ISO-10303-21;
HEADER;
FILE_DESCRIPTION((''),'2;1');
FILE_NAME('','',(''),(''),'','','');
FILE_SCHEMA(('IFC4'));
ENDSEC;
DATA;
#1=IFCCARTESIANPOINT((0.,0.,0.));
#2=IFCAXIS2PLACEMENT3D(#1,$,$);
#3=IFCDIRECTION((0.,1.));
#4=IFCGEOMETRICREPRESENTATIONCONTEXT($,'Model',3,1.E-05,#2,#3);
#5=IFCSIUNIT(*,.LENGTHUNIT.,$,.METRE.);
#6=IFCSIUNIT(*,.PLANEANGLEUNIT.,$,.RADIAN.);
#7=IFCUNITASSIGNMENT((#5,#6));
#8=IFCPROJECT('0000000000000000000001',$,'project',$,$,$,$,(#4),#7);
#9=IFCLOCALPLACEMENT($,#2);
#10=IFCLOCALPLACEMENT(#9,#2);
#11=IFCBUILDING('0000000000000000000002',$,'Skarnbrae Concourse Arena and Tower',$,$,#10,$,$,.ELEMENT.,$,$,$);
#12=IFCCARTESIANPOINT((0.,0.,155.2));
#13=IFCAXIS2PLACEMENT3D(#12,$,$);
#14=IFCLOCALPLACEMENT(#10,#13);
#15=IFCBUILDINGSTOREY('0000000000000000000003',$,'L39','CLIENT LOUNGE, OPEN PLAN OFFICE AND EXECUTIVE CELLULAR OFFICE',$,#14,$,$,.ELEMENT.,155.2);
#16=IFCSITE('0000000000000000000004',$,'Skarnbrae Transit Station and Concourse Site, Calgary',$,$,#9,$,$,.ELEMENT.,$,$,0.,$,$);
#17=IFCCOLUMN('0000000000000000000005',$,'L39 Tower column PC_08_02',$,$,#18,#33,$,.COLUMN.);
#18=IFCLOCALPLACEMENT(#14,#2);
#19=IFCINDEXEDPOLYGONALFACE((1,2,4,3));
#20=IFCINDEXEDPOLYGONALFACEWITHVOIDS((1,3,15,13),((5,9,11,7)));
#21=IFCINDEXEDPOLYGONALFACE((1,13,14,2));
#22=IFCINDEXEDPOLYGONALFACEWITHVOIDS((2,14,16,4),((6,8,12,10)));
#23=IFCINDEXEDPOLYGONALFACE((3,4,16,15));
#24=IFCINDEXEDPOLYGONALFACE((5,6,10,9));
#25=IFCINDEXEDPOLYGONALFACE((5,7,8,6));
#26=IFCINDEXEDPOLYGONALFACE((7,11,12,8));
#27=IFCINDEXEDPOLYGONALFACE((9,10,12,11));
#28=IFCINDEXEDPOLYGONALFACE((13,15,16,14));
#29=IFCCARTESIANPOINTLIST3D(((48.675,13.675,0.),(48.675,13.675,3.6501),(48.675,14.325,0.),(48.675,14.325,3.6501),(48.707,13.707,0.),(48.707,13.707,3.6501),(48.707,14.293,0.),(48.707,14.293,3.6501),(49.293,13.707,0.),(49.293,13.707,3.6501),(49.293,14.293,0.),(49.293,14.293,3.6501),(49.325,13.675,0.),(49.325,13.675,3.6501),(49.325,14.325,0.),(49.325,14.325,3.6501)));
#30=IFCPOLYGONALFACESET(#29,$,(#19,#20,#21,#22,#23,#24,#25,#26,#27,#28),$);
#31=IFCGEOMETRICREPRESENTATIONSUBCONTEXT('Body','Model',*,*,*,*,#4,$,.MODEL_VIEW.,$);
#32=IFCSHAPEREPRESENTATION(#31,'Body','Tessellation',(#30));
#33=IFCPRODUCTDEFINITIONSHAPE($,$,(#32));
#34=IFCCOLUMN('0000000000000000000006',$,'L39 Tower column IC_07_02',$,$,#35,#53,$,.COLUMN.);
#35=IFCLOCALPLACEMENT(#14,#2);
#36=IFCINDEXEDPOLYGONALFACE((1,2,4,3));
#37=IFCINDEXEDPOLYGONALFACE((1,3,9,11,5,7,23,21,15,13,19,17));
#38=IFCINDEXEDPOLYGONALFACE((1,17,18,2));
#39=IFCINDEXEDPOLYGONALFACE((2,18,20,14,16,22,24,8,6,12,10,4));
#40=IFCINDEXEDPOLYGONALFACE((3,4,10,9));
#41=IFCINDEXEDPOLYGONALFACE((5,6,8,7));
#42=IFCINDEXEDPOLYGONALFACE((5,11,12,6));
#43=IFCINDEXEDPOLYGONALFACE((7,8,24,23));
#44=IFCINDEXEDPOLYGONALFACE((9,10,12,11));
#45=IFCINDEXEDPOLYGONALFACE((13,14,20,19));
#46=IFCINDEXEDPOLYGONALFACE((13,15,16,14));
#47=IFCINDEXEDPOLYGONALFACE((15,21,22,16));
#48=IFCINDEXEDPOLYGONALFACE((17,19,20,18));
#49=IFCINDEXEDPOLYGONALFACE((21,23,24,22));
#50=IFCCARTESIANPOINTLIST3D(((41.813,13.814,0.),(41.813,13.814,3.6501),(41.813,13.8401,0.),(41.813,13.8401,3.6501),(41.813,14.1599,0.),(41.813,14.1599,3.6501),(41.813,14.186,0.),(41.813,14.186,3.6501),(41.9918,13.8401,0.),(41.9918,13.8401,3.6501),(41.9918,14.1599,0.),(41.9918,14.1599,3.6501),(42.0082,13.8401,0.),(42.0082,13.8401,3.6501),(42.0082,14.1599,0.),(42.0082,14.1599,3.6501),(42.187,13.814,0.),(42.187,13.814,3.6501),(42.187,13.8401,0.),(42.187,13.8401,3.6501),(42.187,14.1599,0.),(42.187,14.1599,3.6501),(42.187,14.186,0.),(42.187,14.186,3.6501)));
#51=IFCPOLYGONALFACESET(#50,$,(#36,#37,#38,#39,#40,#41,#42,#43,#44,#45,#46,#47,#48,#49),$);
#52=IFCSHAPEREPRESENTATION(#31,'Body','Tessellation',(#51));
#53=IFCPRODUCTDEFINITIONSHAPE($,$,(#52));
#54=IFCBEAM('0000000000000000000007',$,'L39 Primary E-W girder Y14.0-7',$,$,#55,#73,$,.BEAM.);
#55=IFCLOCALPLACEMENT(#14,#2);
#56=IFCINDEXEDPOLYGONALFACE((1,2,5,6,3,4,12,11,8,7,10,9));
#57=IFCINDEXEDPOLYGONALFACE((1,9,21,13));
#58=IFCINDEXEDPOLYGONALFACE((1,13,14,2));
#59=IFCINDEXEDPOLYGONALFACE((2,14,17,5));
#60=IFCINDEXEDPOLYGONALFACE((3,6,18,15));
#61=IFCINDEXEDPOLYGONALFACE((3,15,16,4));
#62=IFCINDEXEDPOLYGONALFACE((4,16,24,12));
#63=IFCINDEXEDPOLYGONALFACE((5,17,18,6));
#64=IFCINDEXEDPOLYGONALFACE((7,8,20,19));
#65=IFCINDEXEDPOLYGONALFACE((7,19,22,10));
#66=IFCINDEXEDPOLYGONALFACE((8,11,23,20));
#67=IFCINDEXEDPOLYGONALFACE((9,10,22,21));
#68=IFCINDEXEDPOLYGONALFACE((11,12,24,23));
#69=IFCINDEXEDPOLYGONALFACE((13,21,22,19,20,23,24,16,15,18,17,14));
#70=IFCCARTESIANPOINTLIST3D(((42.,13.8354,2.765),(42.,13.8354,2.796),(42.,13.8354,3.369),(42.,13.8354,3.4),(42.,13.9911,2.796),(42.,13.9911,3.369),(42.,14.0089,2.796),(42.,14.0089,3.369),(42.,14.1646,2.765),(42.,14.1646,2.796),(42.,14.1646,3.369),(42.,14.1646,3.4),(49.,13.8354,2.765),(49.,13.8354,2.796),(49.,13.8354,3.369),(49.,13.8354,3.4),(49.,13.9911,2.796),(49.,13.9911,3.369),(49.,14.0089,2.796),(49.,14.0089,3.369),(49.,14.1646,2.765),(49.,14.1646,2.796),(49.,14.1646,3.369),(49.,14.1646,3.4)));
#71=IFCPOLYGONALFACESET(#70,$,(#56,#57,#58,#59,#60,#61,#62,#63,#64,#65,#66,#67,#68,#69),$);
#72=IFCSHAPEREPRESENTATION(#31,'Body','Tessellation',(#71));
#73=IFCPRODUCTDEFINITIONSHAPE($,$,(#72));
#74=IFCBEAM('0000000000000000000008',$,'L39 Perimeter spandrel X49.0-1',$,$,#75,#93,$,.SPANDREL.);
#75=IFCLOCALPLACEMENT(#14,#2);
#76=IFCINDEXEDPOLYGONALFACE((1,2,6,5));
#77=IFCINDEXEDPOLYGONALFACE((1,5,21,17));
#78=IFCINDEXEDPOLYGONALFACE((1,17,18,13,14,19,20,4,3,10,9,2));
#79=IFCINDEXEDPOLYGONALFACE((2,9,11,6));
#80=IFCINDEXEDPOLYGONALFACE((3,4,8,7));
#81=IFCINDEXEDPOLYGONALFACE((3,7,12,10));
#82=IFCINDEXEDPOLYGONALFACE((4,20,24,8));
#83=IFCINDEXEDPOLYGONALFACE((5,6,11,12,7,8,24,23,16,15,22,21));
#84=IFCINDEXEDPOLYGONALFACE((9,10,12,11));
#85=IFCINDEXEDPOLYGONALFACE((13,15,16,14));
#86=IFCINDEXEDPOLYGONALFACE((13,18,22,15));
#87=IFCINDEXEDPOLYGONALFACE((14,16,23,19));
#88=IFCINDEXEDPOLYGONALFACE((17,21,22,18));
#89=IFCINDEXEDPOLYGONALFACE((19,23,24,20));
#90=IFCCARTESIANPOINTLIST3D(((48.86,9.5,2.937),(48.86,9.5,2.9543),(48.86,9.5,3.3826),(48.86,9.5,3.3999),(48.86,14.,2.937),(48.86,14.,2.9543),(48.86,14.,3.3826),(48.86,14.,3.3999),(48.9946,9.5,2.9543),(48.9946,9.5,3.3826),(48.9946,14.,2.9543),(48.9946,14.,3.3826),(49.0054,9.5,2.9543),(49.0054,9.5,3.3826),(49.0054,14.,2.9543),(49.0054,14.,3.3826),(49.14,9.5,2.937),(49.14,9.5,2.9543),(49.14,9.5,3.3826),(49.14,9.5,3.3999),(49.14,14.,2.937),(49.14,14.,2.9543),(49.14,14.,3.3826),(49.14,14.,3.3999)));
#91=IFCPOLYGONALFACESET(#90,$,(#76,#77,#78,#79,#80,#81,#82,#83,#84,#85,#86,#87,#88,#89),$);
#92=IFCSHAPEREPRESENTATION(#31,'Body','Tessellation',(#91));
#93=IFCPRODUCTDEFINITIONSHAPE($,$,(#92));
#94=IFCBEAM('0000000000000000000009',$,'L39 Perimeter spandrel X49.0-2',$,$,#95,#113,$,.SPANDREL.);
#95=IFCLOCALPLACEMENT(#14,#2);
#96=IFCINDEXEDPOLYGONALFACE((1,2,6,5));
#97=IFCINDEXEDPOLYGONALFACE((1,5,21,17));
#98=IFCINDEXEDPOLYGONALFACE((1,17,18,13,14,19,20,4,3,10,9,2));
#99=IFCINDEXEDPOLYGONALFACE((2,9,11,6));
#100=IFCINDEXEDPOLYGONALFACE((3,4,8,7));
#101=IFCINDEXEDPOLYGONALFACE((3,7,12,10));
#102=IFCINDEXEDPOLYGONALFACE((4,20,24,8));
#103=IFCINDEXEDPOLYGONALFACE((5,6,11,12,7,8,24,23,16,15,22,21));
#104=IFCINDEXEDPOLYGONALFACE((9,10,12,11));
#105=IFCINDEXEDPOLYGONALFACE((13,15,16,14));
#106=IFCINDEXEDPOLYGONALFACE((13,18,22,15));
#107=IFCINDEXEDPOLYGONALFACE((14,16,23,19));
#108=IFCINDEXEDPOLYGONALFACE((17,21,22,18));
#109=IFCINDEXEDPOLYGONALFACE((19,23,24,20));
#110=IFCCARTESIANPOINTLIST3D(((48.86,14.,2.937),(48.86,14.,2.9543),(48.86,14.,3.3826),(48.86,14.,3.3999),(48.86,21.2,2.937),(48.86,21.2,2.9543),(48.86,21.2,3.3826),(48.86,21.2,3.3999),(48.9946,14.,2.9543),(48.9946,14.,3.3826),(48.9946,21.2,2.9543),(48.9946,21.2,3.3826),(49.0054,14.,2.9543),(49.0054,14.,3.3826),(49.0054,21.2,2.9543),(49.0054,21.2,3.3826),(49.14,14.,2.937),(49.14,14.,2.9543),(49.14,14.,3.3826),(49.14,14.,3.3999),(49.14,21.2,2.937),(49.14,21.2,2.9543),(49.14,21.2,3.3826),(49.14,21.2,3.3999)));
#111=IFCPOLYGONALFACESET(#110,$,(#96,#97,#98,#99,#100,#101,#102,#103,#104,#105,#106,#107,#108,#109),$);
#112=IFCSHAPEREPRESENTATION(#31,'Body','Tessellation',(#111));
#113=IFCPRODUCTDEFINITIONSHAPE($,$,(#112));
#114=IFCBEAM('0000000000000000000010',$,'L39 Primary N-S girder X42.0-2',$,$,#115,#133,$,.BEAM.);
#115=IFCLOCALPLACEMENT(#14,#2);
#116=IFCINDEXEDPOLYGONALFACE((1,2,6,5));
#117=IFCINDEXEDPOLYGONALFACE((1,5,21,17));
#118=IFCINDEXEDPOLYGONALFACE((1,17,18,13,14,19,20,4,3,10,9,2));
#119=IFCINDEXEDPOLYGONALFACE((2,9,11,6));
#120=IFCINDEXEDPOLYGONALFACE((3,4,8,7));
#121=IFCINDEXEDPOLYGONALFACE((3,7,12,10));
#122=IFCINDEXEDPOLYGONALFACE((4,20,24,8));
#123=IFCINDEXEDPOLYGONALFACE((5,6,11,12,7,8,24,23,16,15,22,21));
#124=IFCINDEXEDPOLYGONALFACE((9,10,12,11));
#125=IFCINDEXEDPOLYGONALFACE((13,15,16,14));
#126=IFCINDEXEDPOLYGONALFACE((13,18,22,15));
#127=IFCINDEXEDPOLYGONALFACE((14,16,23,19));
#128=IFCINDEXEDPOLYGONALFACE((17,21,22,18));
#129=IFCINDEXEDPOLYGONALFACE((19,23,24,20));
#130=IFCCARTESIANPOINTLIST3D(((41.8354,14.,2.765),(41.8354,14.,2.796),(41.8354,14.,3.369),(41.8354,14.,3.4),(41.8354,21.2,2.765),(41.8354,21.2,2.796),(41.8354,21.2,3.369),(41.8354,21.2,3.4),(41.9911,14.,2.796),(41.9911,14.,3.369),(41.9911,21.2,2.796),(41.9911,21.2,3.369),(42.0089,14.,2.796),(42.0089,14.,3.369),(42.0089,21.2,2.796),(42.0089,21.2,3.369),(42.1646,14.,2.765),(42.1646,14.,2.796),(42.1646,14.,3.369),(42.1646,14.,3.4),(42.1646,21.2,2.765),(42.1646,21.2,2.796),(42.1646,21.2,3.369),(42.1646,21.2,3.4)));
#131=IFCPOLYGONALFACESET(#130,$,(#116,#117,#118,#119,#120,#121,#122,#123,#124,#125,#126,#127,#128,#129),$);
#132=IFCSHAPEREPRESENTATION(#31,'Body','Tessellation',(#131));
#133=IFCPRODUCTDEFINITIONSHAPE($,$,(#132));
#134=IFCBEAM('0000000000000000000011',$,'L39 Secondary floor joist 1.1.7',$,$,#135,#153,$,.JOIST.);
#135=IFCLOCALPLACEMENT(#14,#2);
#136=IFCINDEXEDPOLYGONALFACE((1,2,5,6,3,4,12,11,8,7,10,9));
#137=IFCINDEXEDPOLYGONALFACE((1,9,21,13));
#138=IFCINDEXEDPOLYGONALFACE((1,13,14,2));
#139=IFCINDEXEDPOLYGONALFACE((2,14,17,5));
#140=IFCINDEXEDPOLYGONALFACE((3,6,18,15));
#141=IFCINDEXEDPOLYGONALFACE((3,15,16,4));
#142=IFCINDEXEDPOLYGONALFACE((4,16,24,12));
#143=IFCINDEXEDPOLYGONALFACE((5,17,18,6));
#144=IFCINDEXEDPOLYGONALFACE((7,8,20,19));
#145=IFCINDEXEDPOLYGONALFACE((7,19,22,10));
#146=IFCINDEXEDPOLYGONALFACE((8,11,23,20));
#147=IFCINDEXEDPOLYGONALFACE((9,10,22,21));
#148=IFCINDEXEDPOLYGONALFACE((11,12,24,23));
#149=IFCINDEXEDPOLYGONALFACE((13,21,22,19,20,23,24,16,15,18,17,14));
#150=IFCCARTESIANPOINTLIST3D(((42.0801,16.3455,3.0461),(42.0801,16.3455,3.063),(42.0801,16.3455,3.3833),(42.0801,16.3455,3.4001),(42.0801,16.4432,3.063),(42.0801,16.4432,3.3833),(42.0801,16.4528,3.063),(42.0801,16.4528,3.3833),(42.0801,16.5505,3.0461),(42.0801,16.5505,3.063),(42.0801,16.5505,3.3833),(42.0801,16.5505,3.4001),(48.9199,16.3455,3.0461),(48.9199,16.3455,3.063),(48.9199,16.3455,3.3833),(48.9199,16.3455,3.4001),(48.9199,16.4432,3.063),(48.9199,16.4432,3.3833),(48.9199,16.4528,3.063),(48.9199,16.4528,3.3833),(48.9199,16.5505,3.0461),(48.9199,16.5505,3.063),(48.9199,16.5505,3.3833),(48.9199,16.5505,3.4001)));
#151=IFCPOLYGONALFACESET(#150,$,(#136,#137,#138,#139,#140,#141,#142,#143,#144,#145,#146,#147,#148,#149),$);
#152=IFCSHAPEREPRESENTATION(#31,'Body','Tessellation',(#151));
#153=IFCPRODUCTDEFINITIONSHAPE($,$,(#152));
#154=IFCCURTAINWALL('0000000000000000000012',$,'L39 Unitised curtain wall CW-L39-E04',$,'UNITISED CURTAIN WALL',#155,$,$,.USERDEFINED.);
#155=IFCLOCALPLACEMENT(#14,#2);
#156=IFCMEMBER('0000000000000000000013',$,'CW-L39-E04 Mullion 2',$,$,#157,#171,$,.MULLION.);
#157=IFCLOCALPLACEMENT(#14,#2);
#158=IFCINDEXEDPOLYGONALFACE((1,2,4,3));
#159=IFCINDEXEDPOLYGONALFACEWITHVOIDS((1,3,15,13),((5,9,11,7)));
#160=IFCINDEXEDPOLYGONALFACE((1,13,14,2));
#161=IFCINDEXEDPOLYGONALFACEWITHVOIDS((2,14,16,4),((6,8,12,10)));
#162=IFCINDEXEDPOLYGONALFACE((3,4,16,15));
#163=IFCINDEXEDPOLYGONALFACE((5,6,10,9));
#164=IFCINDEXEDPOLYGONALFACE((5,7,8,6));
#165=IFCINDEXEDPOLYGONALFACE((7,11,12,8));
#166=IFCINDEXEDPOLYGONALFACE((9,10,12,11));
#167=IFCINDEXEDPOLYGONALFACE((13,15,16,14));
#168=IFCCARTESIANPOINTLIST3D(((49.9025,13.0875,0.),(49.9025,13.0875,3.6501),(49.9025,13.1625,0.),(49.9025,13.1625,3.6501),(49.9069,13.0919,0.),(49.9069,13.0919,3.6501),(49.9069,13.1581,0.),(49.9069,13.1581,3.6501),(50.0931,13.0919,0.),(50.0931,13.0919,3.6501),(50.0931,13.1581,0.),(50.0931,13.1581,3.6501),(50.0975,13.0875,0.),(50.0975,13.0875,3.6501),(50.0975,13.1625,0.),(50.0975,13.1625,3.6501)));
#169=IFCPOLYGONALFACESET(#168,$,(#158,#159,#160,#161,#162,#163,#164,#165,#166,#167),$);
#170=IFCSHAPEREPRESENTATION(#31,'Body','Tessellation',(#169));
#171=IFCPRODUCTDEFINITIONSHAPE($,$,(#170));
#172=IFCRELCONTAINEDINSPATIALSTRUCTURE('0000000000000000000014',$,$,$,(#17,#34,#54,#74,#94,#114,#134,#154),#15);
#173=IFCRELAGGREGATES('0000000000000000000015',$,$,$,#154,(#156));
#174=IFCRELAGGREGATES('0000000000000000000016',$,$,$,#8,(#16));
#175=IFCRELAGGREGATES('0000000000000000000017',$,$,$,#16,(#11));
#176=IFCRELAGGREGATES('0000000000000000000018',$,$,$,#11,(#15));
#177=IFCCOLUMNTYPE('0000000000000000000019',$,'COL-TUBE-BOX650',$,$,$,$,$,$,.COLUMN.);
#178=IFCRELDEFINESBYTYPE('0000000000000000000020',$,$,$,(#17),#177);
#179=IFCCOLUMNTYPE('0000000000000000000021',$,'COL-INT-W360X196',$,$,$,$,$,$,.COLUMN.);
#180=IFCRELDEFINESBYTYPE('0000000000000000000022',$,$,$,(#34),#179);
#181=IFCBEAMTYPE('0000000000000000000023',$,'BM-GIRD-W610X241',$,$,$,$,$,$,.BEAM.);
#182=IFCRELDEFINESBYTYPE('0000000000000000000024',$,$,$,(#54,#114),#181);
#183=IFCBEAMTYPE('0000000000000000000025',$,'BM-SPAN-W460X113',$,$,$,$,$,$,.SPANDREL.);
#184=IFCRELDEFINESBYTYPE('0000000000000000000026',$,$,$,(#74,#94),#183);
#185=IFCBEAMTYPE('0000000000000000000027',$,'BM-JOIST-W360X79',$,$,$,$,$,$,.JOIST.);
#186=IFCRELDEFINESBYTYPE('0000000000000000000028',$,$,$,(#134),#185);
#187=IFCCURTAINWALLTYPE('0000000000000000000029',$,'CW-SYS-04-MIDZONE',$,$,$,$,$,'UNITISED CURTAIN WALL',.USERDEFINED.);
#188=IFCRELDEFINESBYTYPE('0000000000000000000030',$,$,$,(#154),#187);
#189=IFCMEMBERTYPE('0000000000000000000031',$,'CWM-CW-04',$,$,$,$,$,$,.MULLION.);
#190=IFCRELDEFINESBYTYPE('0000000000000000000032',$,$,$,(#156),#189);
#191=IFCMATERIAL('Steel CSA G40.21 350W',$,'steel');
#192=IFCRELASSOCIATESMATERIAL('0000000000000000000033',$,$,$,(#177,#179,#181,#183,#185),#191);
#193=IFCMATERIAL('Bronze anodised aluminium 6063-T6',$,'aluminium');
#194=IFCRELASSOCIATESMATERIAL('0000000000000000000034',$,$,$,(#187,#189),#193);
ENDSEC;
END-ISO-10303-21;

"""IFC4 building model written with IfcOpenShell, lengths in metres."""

from ifc_helpers import new_model, si_unit, direction, frame, origin, origin_2d, place, context, subcontext, project, spatial, hollow_rectangle, i_section, extrude, source, transform, mapped, material, material_profile, profile_set, type_object, element, aggregate, save


model = new_model("IFC4")

# Units and contexts
model_context = context("Model", 3, precision=1e-05, world=origin(), true_north=direction((0.0, 1.0)))
body_context = subcontext(model_context, "Body", "Model", "MODEL_VIEW")
ifc_project = project(units=[si_unit("LENGTHUNIT", "METRE"), si_unit("PLANEANGLEUNIT", "RADIAN")], contexts=[model_context])

# Site, building, storey
site_placement = place(None, origin())
site = spatial("IfcSite", under=ifc_project, at=site_placement, Name="Skarnbrae Transit Station and Concourse Site, Calgary", CompositionType="ELEMENT", RefElevation=0.0)
building_placement = place(site_placement, origin())
building = spatial("IfcBuilding", under=site, at=building_placement, Name="Skarnbrae Concourse Arena and Tower", CompositionType="ELEMENT")
storey_placement = place(building_placement, frame((0.0, 0.0, 155.2)))
storey = spatial("IfcBuildingStorey", under=building, at=storey_placement, Name="L39", Description="CLIENT LOUNGE, OPEN PLAN OFFICE AND EXECUTIVE CELLULAR OFFICE", CompositionType="ELEMENT", Elevation=155.2)

# Columns
ifc_material_1 = material(Name="Steel CSA G40.21 350W", Category="steel")
ifc_material_profile_1 = material_profile(ifc_material_1, hollow_rectangle(XDim=0.6499, YDim=0.6499, WallThickness=0.032, at=origin_2d()), Name="BOX650X650X32")
ifc_profile_set_1 = profile_set([ifc_material_profile_1], Name="Steel CSA G40.21 350W")
column_type_1 = type_object("IfcColumnType", Name="COL-TUBE-BOX650", PredefinedType="COLUMN", material=ifc_profile_set_1)
shared_shape_1 = source(origin(), body_context, "Body", "SweptSolid", [
    extrude(hollow_rectangle(XDim=0.6499, YDim=0.6499, WallThickness=0.032, at=origin_2d()), origin(), (0.0, 0.0, 1.0), 3.6501),
])
column_1_placement = place(storey_placement, frame((49.0, 14.0, 0.0), z_axis=(0.0, 0.0, 1.0), x_axis=(1.0, 0.0, 0.0)))
element("IfcColumn", 1, at=column_1_placement, inside=storey, type_object=column_type_1, Name="L39 Tower column PC_08_02", PredefinedType="COLUMN", context=body_context, shape_type="MappedRepresentation", body=[
    mapped(shared_shape_1, transform((0.0, 0.0, 0.0))),
])
ifc_material_profile_2 = material_profile(ifc_material_1, i_section(OverallWidth=0.374, OverallDepth=0.3721, WebThickness=0.0164, FlangeThickness=0.0261, at=origin_2d()), Name="W360X196")
ifc_profile_set_2 = profile_set([ifc_material_profile_2], Name="Steel CSA G40.21 350W")
column_type_2 = type_object("IfcColumnType", Name="COL-INT-W360X196", PredefinedType="COLUMN", material=ifc_profile_set_2)
shared_shape_2 = source(origin(), body_context, "Body", "SweptSolid", [
    extrude(i_section(OverallWidth=0.374, OverallDepth=0.3721, WebThickness=0.0164, FlangeThickness=0.0261, at=origin_2d()), origin(), (0.0, 0.0, 1.0), 3.6501),
])
column_2_placement = place(storey_placement, frame((42.0, 14.0, 0.0), z_axis=(0.0, 0.0, 1.0), x_axis=(1.0, 0.0, 0.0)))
element("IfcColumn", 2, at=column_2_placement, inside=storey, type_object=column_type_2, Name="L39 Tower column IC_07_02", PredefinedType="COLUMN", context=body_context, shape_type="MappedRepresentation", body=[
    mapped(shared_shape_2, transform((0.0, 0.0, 0.0))),
])

# Beams
ifc_material_profile_3 = material_profile(ifc_material_1, i_section(OverallWidth=0.3291, OverallDepth=0.635, WebThickness=0.0178, FlangeThickness=0.031, at=origin_2d()), Name="W610X241")
ifc_profile_set_3 = profile_set([ifc_material_profile_3], Name="Steel CSA G40.21 350W")
beam_type_1 = type_object("IfcBeamType", Name="BM-GIRD-W610X241", PredefinedType="BEAM", material=ifc_profile_set_3)
shared_shape_3 = source(origin(), body_context, "Body", "SweptSolid", [
    extrude(i_section(OverallWidth=0.3291, OverallDepth=0.635, WebThickness=0.0178, FlangeThickness=0.031, at=origin_2d()), origin(), (0.0, 0.0, 1.0), 7.0),
])
beam_1_placement = place(storey_placement, frame((42.0, 14.0, 3.0825), z_axis=(1.0, 0.0, 0.0), x_axis=(0.0, 1.0, 0.0)))
element("IfcBeam", 3, at=beam_1_placement, inside=storey, type_object=beam_type_1, Name="L39 Primary E-W girder Y14.0-7", PredefinedType="BEAM", context=body_context, shape_type="MappedRepresentation", body=[
    mapped(shared_shape_3, transform((0.0, 0.0, 0.0))),
])
ifc_material_profile_4 = material_profile(ifc_material_1, i_section(OverallWidth=0.28, OverallDepth=0.4629, WebThickness=0.0107, FlangeThickness=0.0173, at=origin_2d()), Name="W460X113")
ifc_profile_set_4 = profile_set([ifc_material_profile_4], Name="Steel CSA G40.21 350W")
beam_type_2 = type_object("IfcBeamType", Name="BM-SPAN-W460X113", PredefinedType="SPANDREL", material=ifc_profile_set_4)
shared_shape_4 = source(origin(), body_context, "Body", "SweptSolid", [
    extrude(i_section(OverallWidth=0.28, OverallDepth=0.4629, WebThickness=0.0107, FlangeThickness=0.0173, at=origin_2d()), origin(), (0.0, 0.0, 1.0), 4.5),
])
beam_2_placement = place(storey_placement, frame((49.0, 9.5, 3.1685), z_axis=(0.0, 1.0, 0.0), x_axis=(-1.0, 0.0, 0.0)))
element("IfcBeam", 4, at=beam_2_placement, inside=storey, type_object=beam_type_2, Name="L39 Perimeter spandrel X49.0-1", PredefinedType="SPANDREL", context=body_context, shape_type="MappedRepresentation", body=[
    mapped(shared_shape_4, transform((0.0, 0.0, 0.0))),
])
shared_shape_5 = source(origin(), body_context, "Body", "SweptSolid", [
    extrude(i_section(OverallWidth=0.28, OverallDepth=0.4629, WebThickness=0.0107, FlangeThickness=0.0173, at=origin_2d()), origin(), (0.0, 0.0, 1.0), 7.2),
])
beam_3_placement = place(storey_placement, frame((49.0, 14.0, 3.1685), z_axis=(0.0, 1.0, 0.0), x_axis=(-1.0, 0.0, 0.0)))
element("IfcBeam", 5, at=beam_3_placement, inside=storey, type_object=beam_type_2, Name="L39 Perimeter spandrel X49.0-2", PredefinedType="SPANDREL", context=body_context, shape_type="MappedRepresentation", body=[
    mapped(shared_shape_5, transform((0.0, 0.0, 0.0))),
])
shared_shape_6 = source(origin(), body_context, "Body", "SweptSolid", [
    extrude(i_section(OverallWidth=0.3291, OverallDepth=0.635, WebThickness=0.0178, FlangeThickness=0.031, at=origin_2d()), origin(), (0.0, 0.0, 1.0), 7.2),
])
beam_4_placement = place(storey_placement, frame((42.0, 14.0, 3.0825), z_axis=(0.0, 1.0, 0.0), x_axis=(-1.0, 0.0, 0.0)))
element("IfcBeam", 6, at=beam_4_placement, inside=storey, type_object=beam_type_1, Name="L39 Primary N-S girder X42.0-2", PredefinedType="BEAM", context=body_context, shape_type="MappedRepresentation", body=[
    mapped(shared_shape_6, transform((0.0, 0.0, 0.0))),
])
ifc_material_profile_5 = material_profile(ifc_material_1, i_section(OverallWidth=0.2051, OverallDepth=0.354, WebThickness=0.0095, FlangeThickness=0.0168, at=origin_2d()), Name="W360X79")
ifc_profile_set_5 = profile_set([ifc_material_profile_5], Name="Steel CSA G40.21 350W")
beam_type_3 = type_object("IfcBeamType", Name="BM-JOIST-W360X79", PredefinedType="JOIST", material=ifc_profile_set_5)
shared_shape_7 = source(origin(), body_context, "Body", "SweptSolid", [
    extrude(i_section(OverallWidth=0.2051, OverallDepth=0.354, WebThickness=0.0095, FlangeThickness=0.0168, at=origin_2d()), origin(), (0.0, 0.0, 1.0), 6.8398),
])
beam_5_placement = place(storey_placement, frame((42.0801, 16.448, 3.2231), z_axis=(1.0, 0.0, 0.0), x_axis=(0.0, 1.0, 0.0)))
element("IfcBeam", 7, at=beam_5_placement, inside=storey, type_object=beam_type_3, Name="L39 Secondary floor joist 1.1.7", PredefinedType="JOIST", context=body_context, shape_type="MappedRepresentation", body=[
    mapped(shared_shape_7, transform((0.0, 0.0, 0.0))),
])

# Curtain wall, member
ifc_material_2 = material(Name="Bronze anodised aluminium 6063-T6", Category="aluminium")
curtain_wall_type = type_object("IfcCurtainWallType", Name="CW-SYS-04-MIDZONE", ElementType="UNITISED CURTAIN WALL", PredefinedType="USERDEFINED", material=ifc_material_2)
curtain_wall_placement = place(storey_placement, origin())
curtain_wall = element("IfcCurtainWall", 8, at=curtain_wall_placement, inside=storey, type_object=curtain_wall_type, Name="L39 Unitised curtain wall CW-L39-E04", ObjectType="UNITISED CURTAIN WALL", PredefinedType="USERDEFINED")
ifc_material_profile_6 = material_profile(ifc_material_2, hollow_rectangle(XDim=0.075, YDim=0.1951, WallThickness=0.0044, at=origin_2d()), Name="ALU-MULL-75X195")
ifc_profile_set_6 = profile_set([ifc_material_profile_6], Name="Bronze anodised aluminium 6063-T6")
member_type_1 = type_object("IfcMemberType", Name="CWM-CW-04", PredefinedType="MULLION", material=ifc_profile_set_6)
shared_shape_8 = source(origin(), body_context, "Body", "SweptSolid", [
    extrude(hollow_rectangle(XDim=0.075, YDim=0.1951, WallThickness=0.0044, at=origin_2d()), origin(), (0.0, 0.0, 1.0), 3.6501),
])
member_1_placement = place(storey_placement, frame((50.0, 13.125, 0.0), z_axis=(0.0, 0.0, 1.0), x_axis=(0.0, 1.0, 0.0)))
member_1 = element("IfcMember", 9, at=member_1_placement, type_object=member_type_1, Name="CW-L39-E04 Mullion 2", PredefinedType="MULLION", context=body_context, shape_type="MappedRepresentation", body=[
    mapped(shared_shape_8, transform((0.0, 0.0, 0.0))),
])
aggregate(curtain_wall, [member_1])

save(model, "model.ifc")
